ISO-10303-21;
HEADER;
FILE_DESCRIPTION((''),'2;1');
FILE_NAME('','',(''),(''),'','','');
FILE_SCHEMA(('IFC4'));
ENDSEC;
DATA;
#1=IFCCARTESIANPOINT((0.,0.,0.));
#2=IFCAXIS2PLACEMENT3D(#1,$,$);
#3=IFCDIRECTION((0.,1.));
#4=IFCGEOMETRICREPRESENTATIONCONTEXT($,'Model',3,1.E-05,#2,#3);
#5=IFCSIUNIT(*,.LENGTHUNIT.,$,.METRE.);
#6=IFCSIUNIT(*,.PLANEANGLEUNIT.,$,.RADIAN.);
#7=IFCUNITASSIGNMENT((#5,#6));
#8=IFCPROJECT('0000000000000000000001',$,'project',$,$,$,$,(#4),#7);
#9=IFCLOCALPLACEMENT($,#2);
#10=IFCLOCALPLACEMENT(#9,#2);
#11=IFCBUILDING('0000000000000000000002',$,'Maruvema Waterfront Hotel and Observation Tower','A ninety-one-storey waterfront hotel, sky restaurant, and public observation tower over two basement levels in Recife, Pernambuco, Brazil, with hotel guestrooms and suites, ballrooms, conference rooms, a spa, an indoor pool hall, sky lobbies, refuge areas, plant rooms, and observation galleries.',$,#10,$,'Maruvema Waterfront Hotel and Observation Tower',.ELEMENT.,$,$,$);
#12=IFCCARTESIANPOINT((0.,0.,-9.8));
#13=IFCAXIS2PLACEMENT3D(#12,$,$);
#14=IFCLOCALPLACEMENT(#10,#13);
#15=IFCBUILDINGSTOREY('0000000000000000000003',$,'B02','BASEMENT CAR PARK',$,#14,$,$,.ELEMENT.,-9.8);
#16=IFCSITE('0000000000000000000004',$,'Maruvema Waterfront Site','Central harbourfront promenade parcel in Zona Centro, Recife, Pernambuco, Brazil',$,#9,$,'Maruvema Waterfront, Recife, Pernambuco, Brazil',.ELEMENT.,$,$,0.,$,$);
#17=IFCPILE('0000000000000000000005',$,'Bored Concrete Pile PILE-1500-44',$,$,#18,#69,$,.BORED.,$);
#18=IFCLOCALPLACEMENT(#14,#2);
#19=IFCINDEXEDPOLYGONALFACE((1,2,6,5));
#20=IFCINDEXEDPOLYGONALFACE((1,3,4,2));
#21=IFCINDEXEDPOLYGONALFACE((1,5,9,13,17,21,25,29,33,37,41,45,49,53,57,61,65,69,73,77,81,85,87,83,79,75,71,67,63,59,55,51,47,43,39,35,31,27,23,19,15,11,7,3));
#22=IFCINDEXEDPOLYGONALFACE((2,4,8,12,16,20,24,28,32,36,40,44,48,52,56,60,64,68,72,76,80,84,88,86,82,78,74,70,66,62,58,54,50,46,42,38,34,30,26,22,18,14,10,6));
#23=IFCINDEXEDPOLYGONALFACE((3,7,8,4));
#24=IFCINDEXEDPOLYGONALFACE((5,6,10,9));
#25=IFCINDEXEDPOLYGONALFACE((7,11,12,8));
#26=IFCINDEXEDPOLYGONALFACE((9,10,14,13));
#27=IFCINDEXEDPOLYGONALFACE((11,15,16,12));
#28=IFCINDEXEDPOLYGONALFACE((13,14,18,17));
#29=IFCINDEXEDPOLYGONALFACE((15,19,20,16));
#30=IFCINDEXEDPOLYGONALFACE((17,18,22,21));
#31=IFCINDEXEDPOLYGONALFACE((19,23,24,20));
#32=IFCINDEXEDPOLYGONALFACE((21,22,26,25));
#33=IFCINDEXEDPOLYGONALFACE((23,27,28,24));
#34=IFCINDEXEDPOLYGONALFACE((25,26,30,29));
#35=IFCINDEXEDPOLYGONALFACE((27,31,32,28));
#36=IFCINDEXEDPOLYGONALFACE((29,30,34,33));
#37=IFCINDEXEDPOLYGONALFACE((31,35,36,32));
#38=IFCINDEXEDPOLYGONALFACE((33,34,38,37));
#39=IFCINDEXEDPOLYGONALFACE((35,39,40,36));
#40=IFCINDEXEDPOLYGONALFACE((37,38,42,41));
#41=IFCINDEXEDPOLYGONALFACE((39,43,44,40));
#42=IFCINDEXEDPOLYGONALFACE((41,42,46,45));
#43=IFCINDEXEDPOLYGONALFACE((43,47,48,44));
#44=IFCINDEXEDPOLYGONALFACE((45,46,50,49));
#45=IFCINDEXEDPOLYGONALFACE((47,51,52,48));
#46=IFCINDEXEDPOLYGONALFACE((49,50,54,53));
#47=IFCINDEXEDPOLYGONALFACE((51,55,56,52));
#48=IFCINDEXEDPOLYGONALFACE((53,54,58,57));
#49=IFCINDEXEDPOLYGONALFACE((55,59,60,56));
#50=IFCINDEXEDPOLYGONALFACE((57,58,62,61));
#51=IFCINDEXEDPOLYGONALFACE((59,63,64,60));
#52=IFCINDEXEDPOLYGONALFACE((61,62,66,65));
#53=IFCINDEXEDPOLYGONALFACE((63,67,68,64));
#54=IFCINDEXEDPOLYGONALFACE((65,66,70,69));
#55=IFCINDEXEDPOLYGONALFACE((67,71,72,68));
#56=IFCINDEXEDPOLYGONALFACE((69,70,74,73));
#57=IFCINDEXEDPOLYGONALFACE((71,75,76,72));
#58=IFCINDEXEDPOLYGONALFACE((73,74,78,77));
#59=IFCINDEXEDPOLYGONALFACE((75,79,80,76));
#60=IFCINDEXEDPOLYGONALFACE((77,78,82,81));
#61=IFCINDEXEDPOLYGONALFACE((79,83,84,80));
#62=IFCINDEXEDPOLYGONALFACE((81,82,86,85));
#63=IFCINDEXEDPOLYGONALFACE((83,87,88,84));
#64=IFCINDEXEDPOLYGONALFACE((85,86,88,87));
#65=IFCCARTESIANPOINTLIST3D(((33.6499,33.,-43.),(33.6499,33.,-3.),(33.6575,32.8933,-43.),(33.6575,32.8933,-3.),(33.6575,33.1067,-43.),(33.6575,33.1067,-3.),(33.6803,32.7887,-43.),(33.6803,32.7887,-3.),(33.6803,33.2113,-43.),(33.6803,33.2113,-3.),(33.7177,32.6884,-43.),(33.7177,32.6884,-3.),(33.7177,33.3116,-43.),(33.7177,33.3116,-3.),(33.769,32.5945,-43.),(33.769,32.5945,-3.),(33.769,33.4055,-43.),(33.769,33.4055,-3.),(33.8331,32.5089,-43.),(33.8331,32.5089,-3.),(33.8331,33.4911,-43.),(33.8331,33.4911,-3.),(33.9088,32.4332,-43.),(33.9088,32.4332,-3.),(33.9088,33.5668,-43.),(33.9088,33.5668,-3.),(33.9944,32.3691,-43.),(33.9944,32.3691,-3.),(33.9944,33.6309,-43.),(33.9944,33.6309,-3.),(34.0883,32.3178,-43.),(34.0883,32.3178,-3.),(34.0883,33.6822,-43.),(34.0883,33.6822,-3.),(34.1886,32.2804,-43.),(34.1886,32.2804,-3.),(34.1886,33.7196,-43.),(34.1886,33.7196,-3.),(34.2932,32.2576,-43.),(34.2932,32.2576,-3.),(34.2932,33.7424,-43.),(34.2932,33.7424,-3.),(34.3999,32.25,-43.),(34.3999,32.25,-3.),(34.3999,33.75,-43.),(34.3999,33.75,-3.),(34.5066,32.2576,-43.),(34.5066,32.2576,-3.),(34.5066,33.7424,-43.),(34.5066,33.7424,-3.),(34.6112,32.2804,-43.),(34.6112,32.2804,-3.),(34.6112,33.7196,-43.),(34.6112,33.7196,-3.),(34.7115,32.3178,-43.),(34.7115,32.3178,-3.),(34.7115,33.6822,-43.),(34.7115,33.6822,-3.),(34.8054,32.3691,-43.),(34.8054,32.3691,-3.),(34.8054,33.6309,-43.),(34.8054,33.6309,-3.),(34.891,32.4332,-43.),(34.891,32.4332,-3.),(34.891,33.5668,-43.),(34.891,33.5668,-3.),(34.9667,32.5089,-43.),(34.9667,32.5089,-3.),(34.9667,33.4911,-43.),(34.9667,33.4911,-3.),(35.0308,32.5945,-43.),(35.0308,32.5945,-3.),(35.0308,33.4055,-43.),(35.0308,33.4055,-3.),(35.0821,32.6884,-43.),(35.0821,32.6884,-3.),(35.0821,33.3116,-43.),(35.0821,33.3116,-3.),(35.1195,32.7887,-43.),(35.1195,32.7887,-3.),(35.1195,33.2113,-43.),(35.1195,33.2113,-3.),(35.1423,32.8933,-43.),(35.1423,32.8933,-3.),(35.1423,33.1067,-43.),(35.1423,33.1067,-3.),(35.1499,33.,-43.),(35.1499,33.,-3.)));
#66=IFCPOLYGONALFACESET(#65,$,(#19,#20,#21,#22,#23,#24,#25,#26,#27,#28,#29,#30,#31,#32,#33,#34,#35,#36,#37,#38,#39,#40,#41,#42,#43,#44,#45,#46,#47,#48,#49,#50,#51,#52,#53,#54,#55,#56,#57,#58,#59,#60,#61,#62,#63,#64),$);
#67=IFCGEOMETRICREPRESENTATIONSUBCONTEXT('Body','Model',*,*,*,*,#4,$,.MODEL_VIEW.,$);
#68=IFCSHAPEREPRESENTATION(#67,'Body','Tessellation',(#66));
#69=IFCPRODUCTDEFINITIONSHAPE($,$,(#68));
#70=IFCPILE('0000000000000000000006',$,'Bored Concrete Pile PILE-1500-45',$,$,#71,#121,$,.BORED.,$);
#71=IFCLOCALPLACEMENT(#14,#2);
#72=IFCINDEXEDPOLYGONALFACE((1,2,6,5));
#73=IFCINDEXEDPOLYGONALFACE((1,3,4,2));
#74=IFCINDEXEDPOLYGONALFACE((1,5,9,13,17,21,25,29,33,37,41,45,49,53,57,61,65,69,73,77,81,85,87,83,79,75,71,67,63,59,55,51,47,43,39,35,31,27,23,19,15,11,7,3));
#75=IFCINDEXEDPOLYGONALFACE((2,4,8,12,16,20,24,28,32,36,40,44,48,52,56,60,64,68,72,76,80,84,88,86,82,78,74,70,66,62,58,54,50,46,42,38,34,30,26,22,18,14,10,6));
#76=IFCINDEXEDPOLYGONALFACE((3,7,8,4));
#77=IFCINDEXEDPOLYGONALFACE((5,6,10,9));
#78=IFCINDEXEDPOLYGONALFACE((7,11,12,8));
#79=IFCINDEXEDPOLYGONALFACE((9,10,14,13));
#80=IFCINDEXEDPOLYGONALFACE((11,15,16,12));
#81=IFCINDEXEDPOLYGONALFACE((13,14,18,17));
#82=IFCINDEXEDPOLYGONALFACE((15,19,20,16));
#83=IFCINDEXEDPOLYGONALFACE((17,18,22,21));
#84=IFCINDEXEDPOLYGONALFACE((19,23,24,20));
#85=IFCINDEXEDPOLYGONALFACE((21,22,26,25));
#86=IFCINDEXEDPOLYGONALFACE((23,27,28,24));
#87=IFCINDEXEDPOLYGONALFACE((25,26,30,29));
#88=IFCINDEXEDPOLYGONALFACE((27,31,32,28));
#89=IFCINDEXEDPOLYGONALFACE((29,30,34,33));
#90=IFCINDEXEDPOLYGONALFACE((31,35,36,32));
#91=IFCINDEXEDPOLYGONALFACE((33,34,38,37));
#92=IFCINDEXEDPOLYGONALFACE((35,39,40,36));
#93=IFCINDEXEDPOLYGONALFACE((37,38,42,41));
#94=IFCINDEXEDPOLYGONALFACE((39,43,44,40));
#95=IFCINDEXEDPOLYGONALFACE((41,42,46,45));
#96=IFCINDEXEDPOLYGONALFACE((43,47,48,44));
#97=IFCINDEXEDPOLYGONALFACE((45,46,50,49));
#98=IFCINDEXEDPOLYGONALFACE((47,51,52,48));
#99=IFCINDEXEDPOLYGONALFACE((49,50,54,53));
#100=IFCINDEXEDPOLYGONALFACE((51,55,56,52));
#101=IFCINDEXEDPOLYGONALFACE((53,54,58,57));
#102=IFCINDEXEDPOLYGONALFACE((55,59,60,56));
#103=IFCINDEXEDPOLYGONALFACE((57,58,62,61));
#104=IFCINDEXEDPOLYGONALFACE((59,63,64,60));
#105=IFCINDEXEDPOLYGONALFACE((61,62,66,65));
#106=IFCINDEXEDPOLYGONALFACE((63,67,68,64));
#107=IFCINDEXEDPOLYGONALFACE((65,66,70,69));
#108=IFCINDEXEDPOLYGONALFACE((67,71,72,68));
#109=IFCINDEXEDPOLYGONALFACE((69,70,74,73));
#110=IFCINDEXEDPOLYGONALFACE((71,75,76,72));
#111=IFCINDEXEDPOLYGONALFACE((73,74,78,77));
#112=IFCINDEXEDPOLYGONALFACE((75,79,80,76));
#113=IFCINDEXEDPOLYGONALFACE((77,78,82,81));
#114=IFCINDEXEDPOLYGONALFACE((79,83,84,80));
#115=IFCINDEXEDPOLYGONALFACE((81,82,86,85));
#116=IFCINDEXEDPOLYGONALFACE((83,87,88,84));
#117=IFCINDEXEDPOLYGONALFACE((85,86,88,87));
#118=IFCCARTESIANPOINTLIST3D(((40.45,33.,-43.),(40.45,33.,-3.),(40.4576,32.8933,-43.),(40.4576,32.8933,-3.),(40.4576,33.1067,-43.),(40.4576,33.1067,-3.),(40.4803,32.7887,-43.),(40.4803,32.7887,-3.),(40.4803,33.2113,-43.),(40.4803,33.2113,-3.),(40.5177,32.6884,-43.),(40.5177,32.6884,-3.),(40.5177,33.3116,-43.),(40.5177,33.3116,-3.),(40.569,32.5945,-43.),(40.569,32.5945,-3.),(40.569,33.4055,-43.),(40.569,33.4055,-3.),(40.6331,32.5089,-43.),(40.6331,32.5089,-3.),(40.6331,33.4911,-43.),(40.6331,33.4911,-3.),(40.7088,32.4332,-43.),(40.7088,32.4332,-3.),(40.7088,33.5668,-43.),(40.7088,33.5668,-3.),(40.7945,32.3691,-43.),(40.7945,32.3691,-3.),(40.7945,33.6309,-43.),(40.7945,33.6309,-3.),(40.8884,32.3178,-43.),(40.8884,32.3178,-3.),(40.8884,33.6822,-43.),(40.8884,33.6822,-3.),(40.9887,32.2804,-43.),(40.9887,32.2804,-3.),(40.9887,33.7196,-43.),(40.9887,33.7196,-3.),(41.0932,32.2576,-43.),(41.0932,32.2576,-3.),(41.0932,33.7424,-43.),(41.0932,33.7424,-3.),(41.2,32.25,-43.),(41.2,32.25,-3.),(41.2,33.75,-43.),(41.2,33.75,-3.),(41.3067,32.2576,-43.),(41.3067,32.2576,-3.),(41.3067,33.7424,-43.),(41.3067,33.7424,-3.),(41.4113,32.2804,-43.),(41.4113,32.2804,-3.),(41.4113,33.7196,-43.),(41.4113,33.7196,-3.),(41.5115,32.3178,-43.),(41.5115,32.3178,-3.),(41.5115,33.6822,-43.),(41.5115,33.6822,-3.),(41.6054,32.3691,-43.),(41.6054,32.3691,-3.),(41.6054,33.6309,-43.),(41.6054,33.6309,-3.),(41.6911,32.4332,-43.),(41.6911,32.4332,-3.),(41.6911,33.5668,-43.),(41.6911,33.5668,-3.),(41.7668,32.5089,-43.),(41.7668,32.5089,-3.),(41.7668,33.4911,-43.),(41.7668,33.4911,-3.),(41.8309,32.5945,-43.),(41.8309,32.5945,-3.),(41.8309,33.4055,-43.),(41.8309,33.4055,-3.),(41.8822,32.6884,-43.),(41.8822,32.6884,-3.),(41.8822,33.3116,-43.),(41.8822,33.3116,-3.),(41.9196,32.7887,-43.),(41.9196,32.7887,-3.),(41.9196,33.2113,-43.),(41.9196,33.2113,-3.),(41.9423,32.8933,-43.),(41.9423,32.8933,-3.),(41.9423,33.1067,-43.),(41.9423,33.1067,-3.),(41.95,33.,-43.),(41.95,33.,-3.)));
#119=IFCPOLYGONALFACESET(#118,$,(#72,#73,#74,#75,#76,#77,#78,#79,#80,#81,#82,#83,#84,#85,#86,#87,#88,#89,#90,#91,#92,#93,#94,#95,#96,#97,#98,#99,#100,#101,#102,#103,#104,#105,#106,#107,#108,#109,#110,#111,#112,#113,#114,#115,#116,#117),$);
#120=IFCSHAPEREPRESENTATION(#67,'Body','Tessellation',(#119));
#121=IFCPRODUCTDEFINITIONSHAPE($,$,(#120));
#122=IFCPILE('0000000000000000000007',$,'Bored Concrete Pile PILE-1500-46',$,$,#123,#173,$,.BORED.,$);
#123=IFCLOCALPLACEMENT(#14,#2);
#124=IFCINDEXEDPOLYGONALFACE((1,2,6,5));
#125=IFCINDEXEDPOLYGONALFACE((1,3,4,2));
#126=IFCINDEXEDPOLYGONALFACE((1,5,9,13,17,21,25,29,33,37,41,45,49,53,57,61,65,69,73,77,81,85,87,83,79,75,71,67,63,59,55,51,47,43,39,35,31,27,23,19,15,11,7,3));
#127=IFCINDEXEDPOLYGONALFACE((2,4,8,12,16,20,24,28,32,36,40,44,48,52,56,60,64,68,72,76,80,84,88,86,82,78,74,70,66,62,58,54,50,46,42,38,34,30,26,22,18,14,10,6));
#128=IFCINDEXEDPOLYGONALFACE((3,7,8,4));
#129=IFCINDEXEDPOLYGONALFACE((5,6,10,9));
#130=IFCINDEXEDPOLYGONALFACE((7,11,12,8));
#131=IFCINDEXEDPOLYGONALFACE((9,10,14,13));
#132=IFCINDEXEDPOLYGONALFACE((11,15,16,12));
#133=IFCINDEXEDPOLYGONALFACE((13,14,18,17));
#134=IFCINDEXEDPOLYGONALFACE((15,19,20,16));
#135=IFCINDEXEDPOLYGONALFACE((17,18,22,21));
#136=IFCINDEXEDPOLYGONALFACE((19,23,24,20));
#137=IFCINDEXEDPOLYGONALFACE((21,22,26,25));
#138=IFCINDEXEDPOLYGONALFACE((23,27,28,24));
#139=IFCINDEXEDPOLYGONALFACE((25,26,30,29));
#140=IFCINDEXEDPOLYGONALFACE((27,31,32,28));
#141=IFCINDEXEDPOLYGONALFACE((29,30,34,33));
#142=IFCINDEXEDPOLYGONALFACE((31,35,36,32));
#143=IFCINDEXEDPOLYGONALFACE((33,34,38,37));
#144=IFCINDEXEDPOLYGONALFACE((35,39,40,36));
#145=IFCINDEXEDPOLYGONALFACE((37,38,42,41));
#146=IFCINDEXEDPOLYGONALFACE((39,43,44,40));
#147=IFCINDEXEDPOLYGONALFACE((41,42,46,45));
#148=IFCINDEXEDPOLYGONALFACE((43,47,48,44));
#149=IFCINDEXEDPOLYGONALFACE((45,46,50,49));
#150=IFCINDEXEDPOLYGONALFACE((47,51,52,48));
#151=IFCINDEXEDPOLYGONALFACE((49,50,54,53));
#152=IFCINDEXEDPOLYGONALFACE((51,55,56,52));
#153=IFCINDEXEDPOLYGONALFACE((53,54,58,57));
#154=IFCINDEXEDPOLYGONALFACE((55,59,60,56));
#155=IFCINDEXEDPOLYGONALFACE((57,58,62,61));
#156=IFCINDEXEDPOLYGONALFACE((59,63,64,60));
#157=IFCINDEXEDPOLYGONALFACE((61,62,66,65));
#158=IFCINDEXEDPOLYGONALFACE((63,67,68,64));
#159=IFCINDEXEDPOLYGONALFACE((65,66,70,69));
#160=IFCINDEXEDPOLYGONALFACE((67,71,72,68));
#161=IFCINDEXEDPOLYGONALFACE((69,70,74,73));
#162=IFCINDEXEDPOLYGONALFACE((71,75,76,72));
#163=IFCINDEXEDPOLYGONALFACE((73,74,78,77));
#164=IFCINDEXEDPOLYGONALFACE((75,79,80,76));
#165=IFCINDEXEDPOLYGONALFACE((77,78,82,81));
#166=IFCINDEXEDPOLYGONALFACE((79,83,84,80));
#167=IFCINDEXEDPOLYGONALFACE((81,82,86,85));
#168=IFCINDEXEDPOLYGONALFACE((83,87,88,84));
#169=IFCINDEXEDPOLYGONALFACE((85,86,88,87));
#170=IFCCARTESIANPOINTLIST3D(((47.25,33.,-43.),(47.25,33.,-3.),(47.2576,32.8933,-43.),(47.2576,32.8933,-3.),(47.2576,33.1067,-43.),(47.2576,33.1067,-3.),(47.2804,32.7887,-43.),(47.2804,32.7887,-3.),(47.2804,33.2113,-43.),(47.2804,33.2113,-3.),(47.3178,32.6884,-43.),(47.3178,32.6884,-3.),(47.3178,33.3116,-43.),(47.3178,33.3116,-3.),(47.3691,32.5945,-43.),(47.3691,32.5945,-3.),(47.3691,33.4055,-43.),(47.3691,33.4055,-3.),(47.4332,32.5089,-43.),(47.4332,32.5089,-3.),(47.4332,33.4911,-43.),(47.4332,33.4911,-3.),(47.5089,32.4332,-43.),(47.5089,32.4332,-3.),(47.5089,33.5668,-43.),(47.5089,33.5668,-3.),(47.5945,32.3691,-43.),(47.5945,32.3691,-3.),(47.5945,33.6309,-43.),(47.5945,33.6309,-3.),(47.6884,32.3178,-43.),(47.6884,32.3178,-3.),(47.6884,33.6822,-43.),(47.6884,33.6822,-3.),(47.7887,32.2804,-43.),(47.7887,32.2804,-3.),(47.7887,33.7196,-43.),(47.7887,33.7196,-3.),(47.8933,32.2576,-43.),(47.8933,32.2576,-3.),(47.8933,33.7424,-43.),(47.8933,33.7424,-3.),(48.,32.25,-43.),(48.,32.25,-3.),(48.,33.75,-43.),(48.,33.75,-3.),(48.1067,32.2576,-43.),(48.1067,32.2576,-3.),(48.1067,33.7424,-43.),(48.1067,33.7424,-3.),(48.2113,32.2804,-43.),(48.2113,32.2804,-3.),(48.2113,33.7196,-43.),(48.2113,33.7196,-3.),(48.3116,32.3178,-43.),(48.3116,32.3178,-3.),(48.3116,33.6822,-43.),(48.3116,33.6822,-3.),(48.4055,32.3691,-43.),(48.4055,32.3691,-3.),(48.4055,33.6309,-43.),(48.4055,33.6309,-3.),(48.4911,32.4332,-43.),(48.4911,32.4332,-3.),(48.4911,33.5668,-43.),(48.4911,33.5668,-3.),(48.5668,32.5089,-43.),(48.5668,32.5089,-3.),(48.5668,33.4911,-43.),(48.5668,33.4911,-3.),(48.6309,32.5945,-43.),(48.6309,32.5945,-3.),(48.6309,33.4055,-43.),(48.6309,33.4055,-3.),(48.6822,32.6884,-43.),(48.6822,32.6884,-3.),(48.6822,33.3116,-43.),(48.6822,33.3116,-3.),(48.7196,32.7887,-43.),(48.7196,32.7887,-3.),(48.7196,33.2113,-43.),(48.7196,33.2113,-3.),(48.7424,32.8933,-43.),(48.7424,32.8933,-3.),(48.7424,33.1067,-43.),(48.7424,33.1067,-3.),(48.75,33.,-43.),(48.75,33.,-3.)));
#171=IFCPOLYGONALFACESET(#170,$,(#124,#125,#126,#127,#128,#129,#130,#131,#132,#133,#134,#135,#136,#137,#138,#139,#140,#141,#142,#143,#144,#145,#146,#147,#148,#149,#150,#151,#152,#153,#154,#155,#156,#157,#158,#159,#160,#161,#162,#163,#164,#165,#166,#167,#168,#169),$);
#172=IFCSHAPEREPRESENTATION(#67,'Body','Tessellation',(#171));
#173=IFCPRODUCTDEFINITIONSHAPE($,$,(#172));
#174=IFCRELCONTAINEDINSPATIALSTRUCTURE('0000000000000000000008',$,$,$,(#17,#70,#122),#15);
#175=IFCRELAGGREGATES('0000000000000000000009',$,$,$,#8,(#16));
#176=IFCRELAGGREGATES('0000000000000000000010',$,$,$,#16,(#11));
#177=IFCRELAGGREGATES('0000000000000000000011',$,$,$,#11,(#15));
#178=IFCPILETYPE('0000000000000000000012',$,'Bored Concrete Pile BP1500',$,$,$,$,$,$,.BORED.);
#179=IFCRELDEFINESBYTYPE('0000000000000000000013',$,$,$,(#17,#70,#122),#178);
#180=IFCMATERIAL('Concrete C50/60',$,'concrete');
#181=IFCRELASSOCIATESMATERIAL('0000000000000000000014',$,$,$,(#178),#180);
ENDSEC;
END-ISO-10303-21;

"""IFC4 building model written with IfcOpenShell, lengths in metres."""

from ifc_helpers import new_model, si_unit, direction, frame, origin, origin_2d, place, context, subcontext, project, spatial, circle, extrude, material, material_profile, profile_set, type_object, element, save


model = new_model("IFC4")

# Units and contexts
model_context = context("Model", 3, precision=1e-05, world=origin(), true_north=direction((0.0, 1.0)))
body_context = subcontext(model_context, "Body", "Model", "MODEL_VIEW")
ifc_project = project(units=[si_unit("LENGTHUNIT", "METRE"), si_unit("PLANEANGLEUNIT", "RADIAN")], contexts=[model_context])

# Site, building, storey
site_placement = place(None, origin())
site = spatial("IfcSite", under=ifc_project, at=site_placement, Name="Maruvema Waterfront Site", Description="Central harbourfront promenade parcel in Zona Centro, Recife, Pernambuco, Brazil", LongName="Maruvema Waterfront, Recife, Pernambuco, Brazil", CompositionType="ELEMENT", RefElevation=0.0)
building_placement = place(site_placement, origin())
building = spatial("IfcBuilding", under=site, at=building_placement, Name="Maruvema Waterfront Hotel and Observation Tower", Description="A ninety-one-storey waterfront hotel, sky restaurant, and public observation tower over two basement levels in Recife, Pernambuco, Brazil, with hotel guestrooms and suites, ballrooms, conference rooms, a spa, an indoor pool hall, sky lobbies, refuge areas, plant rooms, and observation galleries.", LongName="Maruvema Waterfront Hotel and Observation Tower", CompositionType="ELEMENT")
storey_placement = place(building_placement, frame((0.0, 0.0, -9.8)))
storey = spatial("IfcBuildingStorey", under=building, at=storey_placement, Name="B02", Description="BASEMENT CAR PARK", CompositionType="ELEMENT", Elevation=-9.8)

# Piles
ifc_material_1 = material(Name="Concrete C50/60", Category="concrete")
ifc_material_profile_1 = material_profile(ifc_material_1, circle(Radius=0.75, at=origin_2d()), Name="BP1500")
ifc_profile_set_1 = profile_set([ifc_material_profile_1], Name="Concrete C50/60")
pile_type = type_object("IfcPileType", Name="Bored Concrete Pile BP1500", PredefinedType="BORED", material=ifc_profile_set_1)
for number, where, z_axis, x_axis, name in (
    (1, (34.3999, 33.0, -3.0), (0.0, 0.0, -1.0), (1.0, 0.0, 0.0), "Bored Concrete Pile PILE-1500-44"),
    (2, (41.2, 33.0, -3.0), (0.0, 0.0, -1.0), (1.0, 0.0, 0.0), "Bored Concrete Pile PILE-1500-45"),
    (3, (48.0, 33.0, -3.0), (0.0, 0.0, -1.0), (1.0, 0.0, 0.0), "Bored Concrete Pile PILE-1500-46"),
):
    element("IfcPile", number, at=place(storey_placement, frame(where, z_axis=z_axis, x_axis=x_axis)), inside=storey, type_object=pile_type, Name=name, PredefinedType="BORED", context=body_context, shape_type="SweptSolid", body=[
        extrude(circle(Radius=0.75, at=origin_2d()), origin(), (0.0, 0.0, 1.0), 40.0),
    ])

save(model, "model.ifc")
